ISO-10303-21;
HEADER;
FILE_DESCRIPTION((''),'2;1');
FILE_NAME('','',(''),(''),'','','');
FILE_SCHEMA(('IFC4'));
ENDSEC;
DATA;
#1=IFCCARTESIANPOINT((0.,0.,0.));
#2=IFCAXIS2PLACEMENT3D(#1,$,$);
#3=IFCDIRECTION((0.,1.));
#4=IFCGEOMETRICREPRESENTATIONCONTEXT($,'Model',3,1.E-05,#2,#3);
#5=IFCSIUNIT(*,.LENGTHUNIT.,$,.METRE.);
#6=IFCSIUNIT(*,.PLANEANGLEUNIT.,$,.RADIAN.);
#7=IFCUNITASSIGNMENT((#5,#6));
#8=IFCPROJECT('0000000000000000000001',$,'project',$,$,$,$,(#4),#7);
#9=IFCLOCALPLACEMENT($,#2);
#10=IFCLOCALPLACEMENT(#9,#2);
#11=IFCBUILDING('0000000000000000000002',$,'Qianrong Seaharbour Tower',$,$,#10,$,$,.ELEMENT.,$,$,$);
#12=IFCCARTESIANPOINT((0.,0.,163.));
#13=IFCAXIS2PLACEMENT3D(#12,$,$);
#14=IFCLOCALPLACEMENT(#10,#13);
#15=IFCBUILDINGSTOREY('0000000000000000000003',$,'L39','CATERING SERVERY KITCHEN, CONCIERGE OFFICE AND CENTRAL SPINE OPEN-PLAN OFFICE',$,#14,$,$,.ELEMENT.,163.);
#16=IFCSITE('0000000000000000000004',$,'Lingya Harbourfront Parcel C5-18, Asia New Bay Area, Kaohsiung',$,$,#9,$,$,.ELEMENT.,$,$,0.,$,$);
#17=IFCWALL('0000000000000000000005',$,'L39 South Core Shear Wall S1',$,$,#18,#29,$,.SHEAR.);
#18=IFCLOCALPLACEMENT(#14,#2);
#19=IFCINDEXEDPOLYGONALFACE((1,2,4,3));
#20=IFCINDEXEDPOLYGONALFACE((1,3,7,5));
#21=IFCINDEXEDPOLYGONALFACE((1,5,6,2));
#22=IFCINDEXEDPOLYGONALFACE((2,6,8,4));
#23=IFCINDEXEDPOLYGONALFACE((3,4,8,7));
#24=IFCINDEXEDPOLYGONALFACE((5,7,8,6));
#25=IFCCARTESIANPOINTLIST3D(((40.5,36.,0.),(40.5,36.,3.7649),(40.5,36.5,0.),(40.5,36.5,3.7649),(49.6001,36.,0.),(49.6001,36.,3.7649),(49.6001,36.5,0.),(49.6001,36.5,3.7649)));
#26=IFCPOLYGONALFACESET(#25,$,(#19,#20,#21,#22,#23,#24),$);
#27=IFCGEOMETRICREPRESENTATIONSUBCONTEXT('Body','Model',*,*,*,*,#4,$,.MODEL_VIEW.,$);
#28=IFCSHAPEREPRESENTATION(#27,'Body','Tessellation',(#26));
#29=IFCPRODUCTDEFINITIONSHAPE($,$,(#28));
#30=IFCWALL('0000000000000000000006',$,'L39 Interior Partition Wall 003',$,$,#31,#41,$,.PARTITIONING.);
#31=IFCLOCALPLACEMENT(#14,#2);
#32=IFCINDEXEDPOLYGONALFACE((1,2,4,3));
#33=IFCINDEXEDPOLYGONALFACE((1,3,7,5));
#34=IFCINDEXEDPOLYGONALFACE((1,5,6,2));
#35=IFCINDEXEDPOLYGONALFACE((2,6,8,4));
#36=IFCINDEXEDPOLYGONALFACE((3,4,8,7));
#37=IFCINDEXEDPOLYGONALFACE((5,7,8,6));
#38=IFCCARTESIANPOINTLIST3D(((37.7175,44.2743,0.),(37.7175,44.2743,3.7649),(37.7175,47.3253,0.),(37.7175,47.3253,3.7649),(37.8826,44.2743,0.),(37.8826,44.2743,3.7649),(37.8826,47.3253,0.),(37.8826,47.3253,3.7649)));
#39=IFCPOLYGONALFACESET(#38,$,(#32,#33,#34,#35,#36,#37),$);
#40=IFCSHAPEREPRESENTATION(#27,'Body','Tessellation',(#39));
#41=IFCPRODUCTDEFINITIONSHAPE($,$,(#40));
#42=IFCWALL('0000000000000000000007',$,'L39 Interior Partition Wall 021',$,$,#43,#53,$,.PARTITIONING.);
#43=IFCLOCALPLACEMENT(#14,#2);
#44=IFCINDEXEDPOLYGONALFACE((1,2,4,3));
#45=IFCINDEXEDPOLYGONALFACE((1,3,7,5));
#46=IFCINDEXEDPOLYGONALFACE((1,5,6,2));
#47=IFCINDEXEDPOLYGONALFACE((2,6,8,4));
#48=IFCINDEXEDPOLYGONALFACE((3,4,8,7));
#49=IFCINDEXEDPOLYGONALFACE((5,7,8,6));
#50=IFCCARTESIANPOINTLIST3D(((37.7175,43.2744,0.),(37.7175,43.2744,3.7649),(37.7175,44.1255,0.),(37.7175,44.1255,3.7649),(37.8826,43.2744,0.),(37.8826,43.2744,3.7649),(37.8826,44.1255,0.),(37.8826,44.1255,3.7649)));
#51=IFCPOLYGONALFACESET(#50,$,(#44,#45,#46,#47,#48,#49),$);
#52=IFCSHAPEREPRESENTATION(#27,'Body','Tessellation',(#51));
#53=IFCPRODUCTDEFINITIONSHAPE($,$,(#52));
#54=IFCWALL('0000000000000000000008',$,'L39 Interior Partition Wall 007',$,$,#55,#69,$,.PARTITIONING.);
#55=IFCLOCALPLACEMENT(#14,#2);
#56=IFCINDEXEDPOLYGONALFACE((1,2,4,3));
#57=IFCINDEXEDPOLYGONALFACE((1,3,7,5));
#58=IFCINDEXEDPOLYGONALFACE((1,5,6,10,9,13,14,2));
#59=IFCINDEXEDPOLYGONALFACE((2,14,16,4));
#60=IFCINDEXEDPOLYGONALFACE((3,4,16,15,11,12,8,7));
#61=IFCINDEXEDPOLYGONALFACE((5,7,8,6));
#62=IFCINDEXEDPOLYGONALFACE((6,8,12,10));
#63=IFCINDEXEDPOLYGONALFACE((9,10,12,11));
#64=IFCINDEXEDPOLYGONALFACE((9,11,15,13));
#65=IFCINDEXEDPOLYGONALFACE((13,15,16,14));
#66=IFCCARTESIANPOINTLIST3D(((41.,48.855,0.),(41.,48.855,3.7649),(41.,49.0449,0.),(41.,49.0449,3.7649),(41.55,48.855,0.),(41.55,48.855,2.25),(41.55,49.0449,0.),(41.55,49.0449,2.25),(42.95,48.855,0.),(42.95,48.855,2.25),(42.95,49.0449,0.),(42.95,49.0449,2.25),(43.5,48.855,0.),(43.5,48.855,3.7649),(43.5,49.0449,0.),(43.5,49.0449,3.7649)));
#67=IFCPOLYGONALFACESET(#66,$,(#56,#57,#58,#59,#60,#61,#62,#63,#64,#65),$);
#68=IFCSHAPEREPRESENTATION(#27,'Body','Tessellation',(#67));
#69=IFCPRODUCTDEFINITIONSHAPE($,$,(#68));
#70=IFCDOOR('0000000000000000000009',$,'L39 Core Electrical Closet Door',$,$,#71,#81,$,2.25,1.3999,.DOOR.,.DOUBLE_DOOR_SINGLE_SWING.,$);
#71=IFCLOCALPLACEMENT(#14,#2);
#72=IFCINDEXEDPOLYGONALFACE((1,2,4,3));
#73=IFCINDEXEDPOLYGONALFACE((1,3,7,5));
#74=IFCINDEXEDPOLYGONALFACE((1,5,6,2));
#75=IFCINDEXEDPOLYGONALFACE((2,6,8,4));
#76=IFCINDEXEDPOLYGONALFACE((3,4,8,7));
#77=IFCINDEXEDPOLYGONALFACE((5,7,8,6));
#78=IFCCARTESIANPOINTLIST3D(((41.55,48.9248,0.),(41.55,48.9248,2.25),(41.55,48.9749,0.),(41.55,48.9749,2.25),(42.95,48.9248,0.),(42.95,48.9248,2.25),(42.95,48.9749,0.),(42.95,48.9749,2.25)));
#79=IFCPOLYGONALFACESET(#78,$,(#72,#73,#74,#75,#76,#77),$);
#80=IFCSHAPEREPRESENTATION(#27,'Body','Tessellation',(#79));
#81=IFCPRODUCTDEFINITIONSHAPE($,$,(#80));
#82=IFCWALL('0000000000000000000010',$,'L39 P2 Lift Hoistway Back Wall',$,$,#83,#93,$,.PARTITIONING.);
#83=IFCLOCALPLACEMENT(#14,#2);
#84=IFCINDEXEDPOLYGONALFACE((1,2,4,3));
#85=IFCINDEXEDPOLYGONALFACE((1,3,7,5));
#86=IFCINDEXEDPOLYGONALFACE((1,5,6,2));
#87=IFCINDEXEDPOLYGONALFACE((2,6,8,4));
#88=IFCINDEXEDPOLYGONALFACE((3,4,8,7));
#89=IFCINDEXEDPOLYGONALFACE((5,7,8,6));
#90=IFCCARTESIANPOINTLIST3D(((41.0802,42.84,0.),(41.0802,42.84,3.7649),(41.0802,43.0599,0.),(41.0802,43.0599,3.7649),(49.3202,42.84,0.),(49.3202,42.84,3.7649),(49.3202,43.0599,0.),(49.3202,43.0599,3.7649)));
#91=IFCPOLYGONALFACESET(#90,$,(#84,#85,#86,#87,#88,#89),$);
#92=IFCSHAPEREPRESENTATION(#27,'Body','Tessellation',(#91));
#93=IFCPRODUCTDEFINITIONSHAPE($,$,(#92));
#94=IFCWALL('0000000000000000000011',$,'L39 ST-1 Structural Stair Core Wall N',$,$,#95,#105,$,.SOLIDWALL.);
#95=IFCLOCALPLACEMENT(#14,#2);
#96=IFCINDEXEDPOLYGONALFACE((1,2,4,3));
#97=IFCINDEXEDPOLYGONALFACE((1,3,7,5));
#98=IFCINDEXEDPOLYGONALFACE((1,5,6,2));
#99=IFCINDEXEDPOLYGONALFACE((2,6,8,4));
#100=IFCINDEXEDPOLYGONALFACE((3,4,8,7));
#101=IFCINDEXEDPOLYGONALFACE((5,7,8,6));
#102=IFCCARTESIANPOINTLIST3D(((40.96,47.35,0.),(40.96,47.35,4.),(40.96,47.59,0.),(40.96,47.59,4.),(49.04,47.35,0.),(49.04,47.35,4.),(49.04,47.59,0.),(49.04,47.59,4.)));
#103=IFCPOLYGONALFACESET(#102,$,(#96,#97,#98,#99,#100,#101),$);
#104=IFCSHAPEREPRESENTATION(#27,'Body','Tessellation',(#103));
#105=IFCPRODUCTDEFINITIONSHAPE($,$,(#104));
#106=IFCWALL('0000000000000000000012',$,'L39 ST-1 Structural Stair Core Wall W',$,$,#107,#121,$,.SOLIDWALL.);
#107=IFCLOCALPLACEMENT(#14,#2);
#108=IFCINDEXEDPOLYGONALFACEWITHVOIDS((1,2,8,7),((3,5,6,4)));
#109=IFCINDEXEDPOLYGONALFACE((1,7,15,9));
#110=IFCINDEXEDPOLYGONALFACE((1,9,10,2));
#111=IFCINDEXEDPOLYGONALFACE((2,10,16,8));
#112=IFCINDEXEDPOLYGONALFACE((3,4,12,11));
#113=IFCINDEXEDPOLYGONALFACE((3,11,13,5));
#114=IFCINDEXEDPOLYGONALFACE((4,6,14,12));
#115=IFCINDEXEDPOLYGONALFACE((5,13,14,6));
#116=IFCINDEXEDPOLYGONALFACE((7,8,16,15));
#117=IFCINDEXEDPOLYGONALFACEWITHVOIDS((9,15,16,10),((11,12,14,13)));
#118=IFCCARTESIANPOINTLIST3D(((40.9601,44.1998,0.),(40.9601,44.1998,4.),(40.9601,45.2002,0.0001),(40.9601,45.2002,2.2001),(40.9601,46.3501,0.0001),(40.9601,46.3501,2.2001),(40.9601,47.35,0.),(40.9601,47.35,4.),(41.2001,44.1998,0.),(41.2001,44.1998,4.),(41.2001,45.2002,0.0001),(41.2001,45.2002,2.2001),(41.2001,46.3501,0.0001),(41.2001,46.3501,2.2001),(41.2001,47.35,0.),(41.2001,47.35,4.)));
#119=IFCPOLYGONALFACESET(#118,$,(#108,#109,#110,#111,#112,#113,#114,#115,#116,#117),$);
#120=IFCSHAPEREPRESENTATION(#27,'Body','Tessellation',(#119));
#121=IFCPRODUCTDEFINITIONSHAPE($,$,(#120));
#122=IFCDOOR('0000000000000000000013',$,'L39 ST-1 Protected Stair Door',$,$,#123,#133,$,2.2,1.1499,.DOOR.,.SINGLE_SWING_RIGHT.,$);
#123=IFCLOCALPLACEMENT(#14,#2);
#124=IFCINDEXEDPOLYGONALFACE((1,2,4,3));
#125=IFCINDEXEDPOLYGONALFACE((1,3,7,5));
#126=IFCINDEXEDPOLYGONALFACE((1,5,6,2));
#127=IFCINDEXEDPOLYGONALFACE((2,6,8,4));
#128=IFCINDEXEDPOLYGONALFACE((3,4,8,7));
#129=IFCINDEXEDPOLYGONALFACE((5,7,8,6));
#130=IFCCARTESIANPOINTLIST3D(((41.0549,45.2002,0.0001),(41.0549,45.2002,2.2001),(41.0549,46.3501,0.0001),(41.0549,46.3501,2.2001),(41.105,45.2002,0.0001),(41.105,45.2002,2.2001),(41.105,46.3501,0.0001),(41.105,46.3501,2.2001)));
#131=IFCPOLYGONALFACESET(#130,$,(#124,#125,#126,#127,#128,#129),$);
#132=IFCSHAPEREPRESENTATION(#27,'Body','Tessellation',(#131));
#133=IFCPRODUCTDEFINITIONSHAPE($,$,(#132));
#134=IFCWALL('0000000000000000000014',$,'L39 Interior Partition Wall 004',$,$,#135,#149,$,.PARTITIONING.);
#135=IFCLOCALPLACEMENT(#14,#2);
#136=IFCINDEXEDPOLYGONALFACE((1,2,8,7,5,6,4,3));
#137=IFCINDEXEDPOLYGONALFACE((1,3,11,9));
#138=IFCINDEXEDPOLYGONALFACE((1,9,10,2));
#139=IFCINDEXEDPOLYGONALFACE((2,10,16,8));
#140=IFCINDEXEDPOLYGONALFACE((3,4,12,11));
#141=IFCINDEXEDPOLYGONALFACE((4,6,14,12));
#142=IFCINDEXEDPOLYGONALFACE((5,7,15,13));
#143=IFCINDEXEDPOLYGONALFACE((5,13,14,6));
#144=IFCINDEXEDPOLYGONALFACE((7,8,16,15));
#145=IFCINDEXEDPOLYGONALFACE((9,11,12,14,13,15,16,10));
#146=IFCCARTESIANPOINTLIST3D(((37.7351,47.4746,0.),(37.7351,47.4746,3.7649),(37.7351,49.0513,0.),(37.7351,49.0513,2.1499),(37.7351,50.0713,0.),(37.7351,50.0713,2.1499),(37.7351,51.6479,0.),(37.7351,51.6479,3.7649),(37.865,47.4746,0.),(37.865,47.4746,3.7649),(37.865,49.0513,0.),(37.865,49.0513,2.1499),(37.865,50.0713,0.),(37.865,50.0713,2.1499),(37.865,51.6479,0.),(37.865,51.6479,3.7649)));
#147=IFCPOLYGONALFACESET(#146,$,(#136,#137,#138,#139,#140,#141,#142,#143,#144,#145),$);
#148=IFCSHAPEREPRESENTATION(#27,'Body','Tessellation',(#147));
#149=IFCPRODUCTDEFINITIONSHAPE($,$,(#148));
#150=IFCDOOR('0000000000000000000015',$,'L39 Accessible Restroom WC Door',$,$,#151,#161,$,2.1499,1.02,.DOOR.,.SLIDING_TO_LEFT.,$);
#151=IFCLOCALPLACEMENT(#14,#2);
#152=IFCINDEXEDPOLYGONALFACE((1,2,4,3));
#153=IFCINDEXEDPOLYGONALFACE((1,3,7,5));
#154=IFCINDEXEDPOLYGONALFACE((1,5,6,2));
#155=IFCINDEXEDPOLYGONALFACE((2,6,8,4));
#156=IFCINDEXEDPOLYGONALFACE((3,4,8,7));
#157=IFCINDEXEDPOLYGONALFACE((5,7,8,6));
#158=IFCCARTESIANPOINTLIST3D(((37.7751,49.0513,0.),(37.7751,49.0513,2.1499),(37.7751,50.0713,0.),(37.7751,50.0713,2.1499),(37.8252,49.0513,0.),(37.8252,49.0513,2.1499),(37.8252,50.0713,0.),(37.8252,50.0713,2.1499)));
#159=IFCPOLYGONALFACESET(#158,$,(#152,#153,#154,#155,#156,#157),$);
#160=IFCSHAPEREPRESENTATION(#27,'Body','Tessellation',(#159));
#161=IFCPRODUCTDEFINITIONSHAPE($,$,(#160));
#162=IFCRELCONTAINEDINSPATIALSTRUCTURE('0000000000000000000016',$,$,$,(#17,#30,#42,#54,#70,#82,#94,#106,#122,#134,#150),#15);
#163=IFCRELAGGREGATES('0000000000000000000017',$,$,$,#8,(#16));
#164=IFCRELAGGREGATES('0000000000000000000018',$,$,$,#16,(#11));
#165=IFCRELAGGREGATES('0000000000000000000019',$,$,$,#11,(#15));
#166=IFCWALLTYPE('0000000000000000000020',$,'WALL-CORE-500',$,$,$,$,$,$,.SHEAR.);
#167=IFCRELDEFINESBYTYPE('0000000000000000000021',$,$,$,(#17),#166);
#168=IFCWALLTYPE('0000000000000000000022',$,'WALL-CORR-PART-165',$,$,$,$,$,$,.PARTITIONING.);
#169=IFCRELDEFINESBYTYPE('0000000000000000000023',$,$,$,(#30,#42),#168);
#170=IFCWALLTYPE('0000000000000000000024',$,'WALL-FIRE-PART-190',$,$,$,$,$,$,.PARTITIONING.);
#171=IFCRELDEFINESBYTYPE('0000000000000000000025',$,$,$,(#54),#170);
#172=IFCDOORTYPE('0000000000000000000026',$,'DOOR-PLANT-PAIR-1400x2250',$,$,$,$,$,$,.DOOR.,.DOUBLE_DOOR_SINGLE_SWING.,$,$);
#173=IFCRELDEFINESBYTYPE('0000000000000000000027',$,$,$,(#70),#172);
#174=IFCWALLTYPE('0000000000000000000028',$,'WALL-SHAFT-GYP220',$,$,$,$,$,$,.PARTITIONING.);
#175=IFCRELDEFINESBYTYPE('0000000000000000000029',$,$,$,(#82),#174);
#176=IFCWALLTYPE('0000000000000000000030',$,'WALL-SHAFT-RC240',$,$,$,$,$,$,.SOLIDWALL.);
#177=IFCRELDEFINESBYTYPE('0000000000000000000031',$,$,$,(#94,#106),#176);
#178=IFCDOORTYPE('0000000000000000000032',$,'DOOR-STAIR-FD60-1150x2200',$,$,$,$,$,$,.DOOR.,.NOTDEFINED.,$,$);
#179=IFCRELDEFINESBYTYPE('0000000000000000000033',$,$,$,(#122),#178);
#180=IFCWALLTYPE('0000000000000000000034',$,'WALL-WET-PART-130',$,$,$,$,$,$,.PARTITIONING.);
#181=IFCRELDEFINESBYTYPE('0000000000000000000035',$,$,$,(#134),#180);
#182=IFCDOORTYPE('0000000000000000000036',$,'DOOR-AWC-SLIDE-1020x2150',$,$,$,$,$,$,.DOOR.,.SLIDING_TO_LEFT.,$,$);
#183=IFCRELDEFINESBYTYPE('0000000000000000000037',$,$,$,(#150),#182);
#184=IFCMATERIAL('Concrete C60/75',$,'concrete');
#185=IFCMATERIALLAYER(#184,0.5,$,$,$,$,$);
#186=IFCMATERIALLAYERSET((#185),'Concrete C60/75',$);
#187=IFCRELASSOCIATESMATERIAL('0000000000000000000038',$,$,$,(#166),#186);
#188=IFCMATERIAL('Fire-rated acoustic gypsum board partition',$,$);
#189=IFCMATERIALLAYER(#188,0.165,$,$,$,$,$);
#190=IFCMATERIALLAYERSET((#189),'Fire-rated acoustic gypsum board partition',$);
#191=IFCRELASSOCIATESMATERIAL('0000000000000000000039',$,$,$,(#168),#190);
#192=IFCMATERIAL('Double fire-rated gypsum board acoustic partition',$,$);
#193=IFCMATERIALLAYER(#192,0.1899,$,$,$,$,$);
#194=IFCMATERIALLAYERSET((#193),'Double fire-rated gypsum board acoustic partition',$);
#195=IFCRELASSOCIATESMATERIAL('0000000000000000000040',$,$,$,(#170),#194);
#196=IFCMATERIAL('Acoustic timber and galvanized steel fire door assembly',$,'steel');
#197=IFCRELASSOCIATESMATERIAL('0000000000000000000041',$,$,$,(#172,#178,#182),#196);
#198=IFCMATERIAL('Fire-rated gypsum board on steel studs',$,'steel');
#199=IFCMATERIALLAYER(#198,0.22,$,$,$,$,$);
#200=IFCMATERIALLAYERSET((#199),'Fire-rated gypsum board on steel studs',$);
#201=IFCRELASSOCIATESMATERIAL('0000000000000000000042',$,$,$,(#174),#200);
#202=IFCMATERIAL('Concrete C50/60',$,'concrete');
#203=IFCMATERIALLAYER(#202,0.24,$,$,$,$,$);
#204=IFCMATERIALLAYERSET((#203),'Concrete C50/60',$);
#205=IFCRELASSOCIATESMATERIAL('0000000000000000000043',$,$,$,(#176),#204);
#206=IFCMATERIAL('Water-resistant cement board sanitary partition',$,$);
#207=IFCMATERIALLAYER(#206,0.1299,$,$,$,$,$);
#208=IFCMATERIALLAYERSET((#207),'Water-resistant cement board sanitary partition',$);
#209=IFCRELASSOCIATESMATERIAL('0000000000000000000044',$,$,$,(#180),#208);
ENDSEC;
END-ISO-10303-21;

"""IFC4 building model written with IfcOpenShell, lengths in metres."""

from ifc_helpers import new_model, si_unit, direction, frame, frame_2d, origin, place, context, subcontext, project, spatial, rectangle, extrude, material, layer, layer_set, type_object, element, fill, save


model = new_model("IFC4")

# Units and contexts
model_context = context("Model", 3, precision=1e-05, world=origin(), true_north=direction((0.0, 1.0)))
body_context = subcontext(model_context, "Body", "Model", "MODEL_VIEW")
ifc_project = project(units=[si_unit("LENGTHUNIT", "METRE"), si_unit("PLANEANGLEUNIT", "RADIAN")], contexts=[model_context])

# Site, building, storey
site_placement = place(None, origin())
site = spatial("IfcSite", under=ifc_project, at=site_placement, Name="Lingya Harbourfront Parcel C5-18, Asia New Bay Area, Kaohsiung", CompositionType="ELEMENT", RefElevation=0.0)
building_placement = place(site_placement, origin())
building = spatial("IfcBuilding", under=site, at=building_placement, Name="Qianrong Seaharbour Tower", CompositionType="ELEMENT")
storey_placement = place(building_placement, frame((0.0, 0.0, 163.0)))
storey = spatial("IfcBuildingStorey", under=building, at=storey_placement, Name="L39", Description="CATERING SERVERY KITCHEN, CONCIERGE OFFICE AND CENTRAL SPINE OPEN-PLAN OFFICE", CompositionType="ELEMENT", Elevation=163.0)

# Wall
ifc_material_1 = material(Name="Concrete C60/75", Category="concrete")
ifc_layer_1 = layer(ifc_material_1, 0.5)
ifc_layer_set_1 = layer_set([ifc_layer_1], Name="Concrete C60/75")
wall_type_1 = type_object("IfcWallType", Name="WALL-CORE-500", PredefinedType="SHEAR", material=ifc_layer_set_1)
wall_1_placement = place(storey_placement, frame((40.5, 36.25, 0.0), z_axis=(0.0, 0.0, 1.0), x_axis=(1.0, 0.0, 0.0)))
element("IfcWall", 1, at=wall_1_placement, inside=storey, type_object=wall_type_1, Name="L39 South Core Shear Wall S1", PredefinedType="SHEAR", context=body_context, shape_type="SweptSolid", body=[
    extrude(rectangle(XDim=9.1001, YDim=0.5, at=frame_2d((4.55, 0.0))), origin(), (0.0, 0.0, 1.0), 3.7649),
])

# Shared definitions
ifc_material_2 = material(Name="Fire-rated acoustic gypsum board partition")
ifc_layer_2 = layer(ifc_material_2, 0.165)
ifc_layer_set_2 = layer_set([ifc_layer_2], Name="Fire-rated acoustic gypsum board partition")
wall_type_2 = type_object("IfcWallType", Name="WALL-CORR-PART-165", PredefinedType="PARTITIONING", material=ifc_layer_set_2)
ifc_material_3 = material(Name="Acoustic timber and galvanized steel fire door assembly", Category="steel")

# Walls
wall_2_placement = place(storey_placement, frame((37.8, 44.2744, 0.0), z_axis=(0.0, 0.0, 1.0), x_axis=(0.0, 1.0, 0.0)))
element("IfcWall", 2, at=wall_2_placement, inside=storey, type_object=wall_type_2, Name="L39 Interior Partition Wall 003", PredefinedType="PARTITIONING", context=body_context, shape_type="SweptSolid", body=[
    extrude(rectangle(XDim=3.051, YDim=0.165, at=frame_2d((1.5254, 0.0))), origin(), (0.0, 0.0, 1.0), 3.7649),
])
wall_3_placement = place(storey_placement, frame((37.8, 43.2744, 0.0), z_axis=(0.0, 0.0, 1.0), x_axis=(0.0, 1.0, 0.0)))
element("IfcWall", 3, at=wall_3_placement, inside=storey, type_object=wall_type_2, Name="L39 Interior Partition Wall 021", PredefinedType="PARTITIONING", context=body_context, shape_type="SweptSolid", body=[
    extrude(rectangle(XDim=0.8511, YDim=0.165, at=frame_2d((0.4255, 0.0))), origin(), (0.0, 0.0, 1.0), 3.7649),
])

# Wall, opening, door
ifc_material_4 = material(Name="Double fire-rated gypsum board acoustic partition")
ifc_layer_3 = layer(ifc_material_4, 0.1899)
ifc_layer_set_3 = layer_set([ifc_layer_3], Name="Double fire-rated gypsum board acoustic partition")
wall_type_3 = type_object("IfcWallType", Name="WALL-FIRE-PART-190", PredefinedType="PARTITIONING", material=ifc_layer_set_3)
wall_4_placement = place(storey_placement, frame((41.0, 48.95, 0.0), z_axis=(0.0, 0.0, 1.0), x_axis=(1.0, 0.0, 0.0)))
wall_4 = element("IfcWall", 4, at=wall_4_placement, inside=storey, type_object=wall_type_3, Name="L39 Interior Partition Wall 007", PredefinedType="PARTITIONING", context=body_context, shape_type="SweptSolid", body=[
    extrude(rectangle(XDim=2.5, YDim=0.1899, at=frame_2d((1.25, 0.0))), origin(), (0.0, 0.0, 1.0), 3.7649),
])
opening_1_placement = place(wall_4_placement, frame((0.55, 0.0, 0.0)))
opening_1 = element("IfcOpeningElement", 5, at=opening_1_placement, cuts=wall_4, PredefinedType="OPENING", context=body_context, shape_type="SweptSolid", body=[
    extrude(rectangle(XDim=1.3999, YDim=2.25, at=frame_2d((0.7, 1.125))), frame((0.0, 0.105, 0.0), z_axis=(0.0, -1.0, 0.0), x_axis=(1.0, 0.0, 0.0)), (0.0, 0.0, 1.0), 0.21),
])
door_type_1 = type_object("IfcDoorType", Name="DOOR-PLANT-PAIR-1400x2250", OperationType="DOUBLE_DOOR_SINGLE_SWING", PredefinedType="DOOR", material=ifc_material_3)
door_1_placement = place(opening_1_placement, origin())
door_1 = element("IfcDoor", 6, at=door_1_placement, inside=storey, type_object=door_type_1, Name="L39 Core Electrical Closet Door", OperationType="DOUBLE_DOOR_SINGLE_SWING", OverallHeight=2.25, OverallWidth=1.3999, PredefinedType="DOOR", context=body_context, shape_type="SweptSolid", body=[
    extrude(rectangle(XDim=1.3999, YDim=2.25, at=frame_2d((0.7, 1.125))), frame((0.0, 0.0249, 0.0), z_axis=(0.0, -1.0, 0.0), x_axis=(1.0, 0.0, 0.0)), (0.0, 0.0, 1.0), 0.05),
])
fill(opening_1, door_1)

# Walls
ifc_material_5 = material(Name="Fire-rated gypsum board on steel studs", Category="steel")
ifc_layer_4 = layer(ifc_material_5, 0.22)
ifc_layer_set_4 = layer_set([ifc_layer_4], Name="Fire-rated gypsum board on steel studs")
wall_type_4 = type_object("IfcWallType", Name="WALL-SHAFT-GYP220", PredefinedType="PARTITIONING", material=ifc_layer_set_4)
wall_5_placement = place(storey_placement, frame((41.0801, 42.95, 0.0), z_axis=(0.0, 0.0, 1.0), x_axis=(1.0, 0.0, 0.0)))
element("IfcWall", 7, at=wall_5_placement, inside=storey, type_object=wall_type_4, Name="L39 P2 Lift Hoistway Back Wall", PredefinedType="PARTITIONING", context=body_context, shape_type="SweptSolid", body=[
    extrude(rectangle(XDim=8.24, YDim=0.22, at=frame_2d((4.1201, 0.0))), origin(), (0.0, 0.0, 1.0), 3.7649),
])
ifc_material_6 = material(Name="Concrete C50/60", Category="concrete")
ifc_layer_5 = layer(ifc_material_6, 0.24)
ifc_layer_set_5 = layer_set([ifc_layer_5], Name="Concrete C50/60")
wall_type_5 = type_object("IfcWallType", Name="WALL-SHAFT-RC240", PredefinedType="SOLIDWALL", material=ifc_layer_set_5)
wall_6_placement = place(storey_placement, frame((40.96, 47.47, 0.0), z_axis=(0.0, 0.0, 1.0), x_axis=(1.0, 0.0, 0.0)))
element("IfcWall", 8, at=wall_6_placement, inside=storey, type_object=wall_type_5, Name="L39 ST-1 Structural Stair Core Wall N", PredefinedType="SOLIDWALL", context=body_context, shape_type="SweptSolid", body=[
    extrude(rectangle(XDim=8.0801, YDim=0.24, at=frame_2d((4.04, 0.0))), origin(), (0.0, 0.0, 1.0), 4.0),
])

# Walls, openings, doors
wall_7_placement = place(storey_placement, frame((41.0801, 47.3501, 0.0), z_axis=(0.0, 0.0, 1.0), x_axis=(0.0, -1.0, 0.0)))
wall_7 = element("IfcWall", 9, at=wall_7_placement, inside=storey, type_object=wall_type_5, Name="L39 ST-1 Structural Stair Core Wall W", PredefinedType="SOLIDWALL", context=body_context, shape_type="SweptSolid", body=[
    extrude(rectangle(XDim=3.1501, YDim=0.24, at=frame_2d((1.5752, 0.0))), origin(), (0.0, 0.0, 1.0), 4.0),
])
opening_2_placement = place(wall_7_placement, frame((1.0, 0.0, 0.0)))
opening_2 = element("IfcOpeningElement", 10, at=opening_2_placement, cuts=wall_7, PredefinedType="OPENING", context=body_context, shape_type="SweptSolid", body=[
    extrude(rectangle(XDim=1.1499, YDim=2.2, at=frame_2d((0.575, 1.1001))), frame((0.0, 0.1299, 0.0), z_axis=(0.0, -1.0, 0.0), x_axis=(1.0, 0.0, 0.0)), (0.0, 0.0, 1.0), 0.26),
])
door_type_2 = type_object("IfcDoorType", Name="DOOR-STAIR-FD60-1150x2200", OperationType="NOTDEFINED", PredefinedType="DOOR", material=ifc_material_3)
door_2_placement = place(opening_2_placement, origin())
door_2 = element("IfcDoor", 11, at=door_2_placement, inside=storey, type_object=door_type_2, Name="L39 ST-1 Protected Stair Door", OperationType="SINGLE_SWING_RIGHT", OverallHeight=2.2, OverallWidth=1.1499, PredefinedType="DOOR", context=body_context, shape_type="SweptSolid", body=[
    extrude(rectangle(XDim=1.1499, YDim=2.2, at=frame_2d((0.575, 1.1001))), frame((0.0, 0.0249, 0.0), z_axis=(0.0, -1.0, 0.0), x_axis=(1.0, 0.0, 0.0)), (0.0, 0.0, 1.0), 0.05),
])
fill(opening_2, door_2)
ifc_material_7 = material(Name="Water-resistant cement board sanitary partition")
ifc_layer_6 = layer(ifc_material_7, 0.1299)
ifc_layer_set_6 = layer_set([ifc_layer_6], Name="Water-resistant cement board sanitary partition")
wall_type_6 = type_object("IfcWallType", Name="WALL-WET-PART-130", PredefinedType="PARTITIONING", material=ifc_layer_set_6)
wall_8_placement = place(storey_placement, frame((37.8, 47.4746, 0.0), z_axis=(0.0, 0.0, 1.0), x_axis=(0.0, 1.0, 0.0)))
wall_8 = element("IfcWall", 12, at=wall_8_placement, inside=storey, type_object=wall_type_6, Name="L39 Interior Partition Wall 004", PredefinedType="PARTITIONING", context=body_context, shape_type="SweptSolid", body=[
    extrude(rectangle(XDim=4.1733, YDim=0.1299, at=frame_2d((2.0867, 0.0))), origin(), (0.0, 0.0, 1.0), 3.7649),
])
opening_3_placement = place(wall_8_placement, frame((1.5767, 0.0, 0.0)))
opening_3 = element("IfcOpeningElement", 13, at=opening_3_placement, cuts=wall_8, PredefinedType="OPENING", context=body_context, shape_type="SweptSolid", body=[
    extrude(rectangle(XDim=1.02, YDim=2.1499, at=frame_2d((0.51, 1.075))), frame((0.0, 0.075, 0.0), z_axis=(0.0, -1.0, 0.0), x_axis=(1.0, 0.0, 0.0)), (0.0, 0.0, 1.0), 0.1499),
])
door_type_3 = type_object("IfcDoorType", Name="DOOR-AWC-SLIDE-1020x2150", OperationType="SLIDING_TO_LEFT", PredefinedType="DOOR", material=ifc_material_3)
door_3_placement = place(opening_3_placement, origin())
door_3 = element("IfcDoor", 14, at=door_3_placement, inside=storey, type_object=door_type_3, Name="L39 Accessible Restroom WC Door", OperationType="SLIDING_TO_LEFT", OverallHeight=2.1499, OverallWidth=1.02, PredefinedType="DOOR", context=body_context, shape_type="SweptSolid", body=[
    extrude(rectangle(XDim=1.02, YDim=2.1499, at=frame_2d((0.51, 1.075))), frame((0.0, 0.0249, 0.0), z_axis=(0.0, -1.0, 0.0), x_axis=(1.0, 0.0, 0.0)), (0.0, 0.0, 1.0), 0.05),
])
fill(opening_3, door_3)

save(model, "model.ifc")
